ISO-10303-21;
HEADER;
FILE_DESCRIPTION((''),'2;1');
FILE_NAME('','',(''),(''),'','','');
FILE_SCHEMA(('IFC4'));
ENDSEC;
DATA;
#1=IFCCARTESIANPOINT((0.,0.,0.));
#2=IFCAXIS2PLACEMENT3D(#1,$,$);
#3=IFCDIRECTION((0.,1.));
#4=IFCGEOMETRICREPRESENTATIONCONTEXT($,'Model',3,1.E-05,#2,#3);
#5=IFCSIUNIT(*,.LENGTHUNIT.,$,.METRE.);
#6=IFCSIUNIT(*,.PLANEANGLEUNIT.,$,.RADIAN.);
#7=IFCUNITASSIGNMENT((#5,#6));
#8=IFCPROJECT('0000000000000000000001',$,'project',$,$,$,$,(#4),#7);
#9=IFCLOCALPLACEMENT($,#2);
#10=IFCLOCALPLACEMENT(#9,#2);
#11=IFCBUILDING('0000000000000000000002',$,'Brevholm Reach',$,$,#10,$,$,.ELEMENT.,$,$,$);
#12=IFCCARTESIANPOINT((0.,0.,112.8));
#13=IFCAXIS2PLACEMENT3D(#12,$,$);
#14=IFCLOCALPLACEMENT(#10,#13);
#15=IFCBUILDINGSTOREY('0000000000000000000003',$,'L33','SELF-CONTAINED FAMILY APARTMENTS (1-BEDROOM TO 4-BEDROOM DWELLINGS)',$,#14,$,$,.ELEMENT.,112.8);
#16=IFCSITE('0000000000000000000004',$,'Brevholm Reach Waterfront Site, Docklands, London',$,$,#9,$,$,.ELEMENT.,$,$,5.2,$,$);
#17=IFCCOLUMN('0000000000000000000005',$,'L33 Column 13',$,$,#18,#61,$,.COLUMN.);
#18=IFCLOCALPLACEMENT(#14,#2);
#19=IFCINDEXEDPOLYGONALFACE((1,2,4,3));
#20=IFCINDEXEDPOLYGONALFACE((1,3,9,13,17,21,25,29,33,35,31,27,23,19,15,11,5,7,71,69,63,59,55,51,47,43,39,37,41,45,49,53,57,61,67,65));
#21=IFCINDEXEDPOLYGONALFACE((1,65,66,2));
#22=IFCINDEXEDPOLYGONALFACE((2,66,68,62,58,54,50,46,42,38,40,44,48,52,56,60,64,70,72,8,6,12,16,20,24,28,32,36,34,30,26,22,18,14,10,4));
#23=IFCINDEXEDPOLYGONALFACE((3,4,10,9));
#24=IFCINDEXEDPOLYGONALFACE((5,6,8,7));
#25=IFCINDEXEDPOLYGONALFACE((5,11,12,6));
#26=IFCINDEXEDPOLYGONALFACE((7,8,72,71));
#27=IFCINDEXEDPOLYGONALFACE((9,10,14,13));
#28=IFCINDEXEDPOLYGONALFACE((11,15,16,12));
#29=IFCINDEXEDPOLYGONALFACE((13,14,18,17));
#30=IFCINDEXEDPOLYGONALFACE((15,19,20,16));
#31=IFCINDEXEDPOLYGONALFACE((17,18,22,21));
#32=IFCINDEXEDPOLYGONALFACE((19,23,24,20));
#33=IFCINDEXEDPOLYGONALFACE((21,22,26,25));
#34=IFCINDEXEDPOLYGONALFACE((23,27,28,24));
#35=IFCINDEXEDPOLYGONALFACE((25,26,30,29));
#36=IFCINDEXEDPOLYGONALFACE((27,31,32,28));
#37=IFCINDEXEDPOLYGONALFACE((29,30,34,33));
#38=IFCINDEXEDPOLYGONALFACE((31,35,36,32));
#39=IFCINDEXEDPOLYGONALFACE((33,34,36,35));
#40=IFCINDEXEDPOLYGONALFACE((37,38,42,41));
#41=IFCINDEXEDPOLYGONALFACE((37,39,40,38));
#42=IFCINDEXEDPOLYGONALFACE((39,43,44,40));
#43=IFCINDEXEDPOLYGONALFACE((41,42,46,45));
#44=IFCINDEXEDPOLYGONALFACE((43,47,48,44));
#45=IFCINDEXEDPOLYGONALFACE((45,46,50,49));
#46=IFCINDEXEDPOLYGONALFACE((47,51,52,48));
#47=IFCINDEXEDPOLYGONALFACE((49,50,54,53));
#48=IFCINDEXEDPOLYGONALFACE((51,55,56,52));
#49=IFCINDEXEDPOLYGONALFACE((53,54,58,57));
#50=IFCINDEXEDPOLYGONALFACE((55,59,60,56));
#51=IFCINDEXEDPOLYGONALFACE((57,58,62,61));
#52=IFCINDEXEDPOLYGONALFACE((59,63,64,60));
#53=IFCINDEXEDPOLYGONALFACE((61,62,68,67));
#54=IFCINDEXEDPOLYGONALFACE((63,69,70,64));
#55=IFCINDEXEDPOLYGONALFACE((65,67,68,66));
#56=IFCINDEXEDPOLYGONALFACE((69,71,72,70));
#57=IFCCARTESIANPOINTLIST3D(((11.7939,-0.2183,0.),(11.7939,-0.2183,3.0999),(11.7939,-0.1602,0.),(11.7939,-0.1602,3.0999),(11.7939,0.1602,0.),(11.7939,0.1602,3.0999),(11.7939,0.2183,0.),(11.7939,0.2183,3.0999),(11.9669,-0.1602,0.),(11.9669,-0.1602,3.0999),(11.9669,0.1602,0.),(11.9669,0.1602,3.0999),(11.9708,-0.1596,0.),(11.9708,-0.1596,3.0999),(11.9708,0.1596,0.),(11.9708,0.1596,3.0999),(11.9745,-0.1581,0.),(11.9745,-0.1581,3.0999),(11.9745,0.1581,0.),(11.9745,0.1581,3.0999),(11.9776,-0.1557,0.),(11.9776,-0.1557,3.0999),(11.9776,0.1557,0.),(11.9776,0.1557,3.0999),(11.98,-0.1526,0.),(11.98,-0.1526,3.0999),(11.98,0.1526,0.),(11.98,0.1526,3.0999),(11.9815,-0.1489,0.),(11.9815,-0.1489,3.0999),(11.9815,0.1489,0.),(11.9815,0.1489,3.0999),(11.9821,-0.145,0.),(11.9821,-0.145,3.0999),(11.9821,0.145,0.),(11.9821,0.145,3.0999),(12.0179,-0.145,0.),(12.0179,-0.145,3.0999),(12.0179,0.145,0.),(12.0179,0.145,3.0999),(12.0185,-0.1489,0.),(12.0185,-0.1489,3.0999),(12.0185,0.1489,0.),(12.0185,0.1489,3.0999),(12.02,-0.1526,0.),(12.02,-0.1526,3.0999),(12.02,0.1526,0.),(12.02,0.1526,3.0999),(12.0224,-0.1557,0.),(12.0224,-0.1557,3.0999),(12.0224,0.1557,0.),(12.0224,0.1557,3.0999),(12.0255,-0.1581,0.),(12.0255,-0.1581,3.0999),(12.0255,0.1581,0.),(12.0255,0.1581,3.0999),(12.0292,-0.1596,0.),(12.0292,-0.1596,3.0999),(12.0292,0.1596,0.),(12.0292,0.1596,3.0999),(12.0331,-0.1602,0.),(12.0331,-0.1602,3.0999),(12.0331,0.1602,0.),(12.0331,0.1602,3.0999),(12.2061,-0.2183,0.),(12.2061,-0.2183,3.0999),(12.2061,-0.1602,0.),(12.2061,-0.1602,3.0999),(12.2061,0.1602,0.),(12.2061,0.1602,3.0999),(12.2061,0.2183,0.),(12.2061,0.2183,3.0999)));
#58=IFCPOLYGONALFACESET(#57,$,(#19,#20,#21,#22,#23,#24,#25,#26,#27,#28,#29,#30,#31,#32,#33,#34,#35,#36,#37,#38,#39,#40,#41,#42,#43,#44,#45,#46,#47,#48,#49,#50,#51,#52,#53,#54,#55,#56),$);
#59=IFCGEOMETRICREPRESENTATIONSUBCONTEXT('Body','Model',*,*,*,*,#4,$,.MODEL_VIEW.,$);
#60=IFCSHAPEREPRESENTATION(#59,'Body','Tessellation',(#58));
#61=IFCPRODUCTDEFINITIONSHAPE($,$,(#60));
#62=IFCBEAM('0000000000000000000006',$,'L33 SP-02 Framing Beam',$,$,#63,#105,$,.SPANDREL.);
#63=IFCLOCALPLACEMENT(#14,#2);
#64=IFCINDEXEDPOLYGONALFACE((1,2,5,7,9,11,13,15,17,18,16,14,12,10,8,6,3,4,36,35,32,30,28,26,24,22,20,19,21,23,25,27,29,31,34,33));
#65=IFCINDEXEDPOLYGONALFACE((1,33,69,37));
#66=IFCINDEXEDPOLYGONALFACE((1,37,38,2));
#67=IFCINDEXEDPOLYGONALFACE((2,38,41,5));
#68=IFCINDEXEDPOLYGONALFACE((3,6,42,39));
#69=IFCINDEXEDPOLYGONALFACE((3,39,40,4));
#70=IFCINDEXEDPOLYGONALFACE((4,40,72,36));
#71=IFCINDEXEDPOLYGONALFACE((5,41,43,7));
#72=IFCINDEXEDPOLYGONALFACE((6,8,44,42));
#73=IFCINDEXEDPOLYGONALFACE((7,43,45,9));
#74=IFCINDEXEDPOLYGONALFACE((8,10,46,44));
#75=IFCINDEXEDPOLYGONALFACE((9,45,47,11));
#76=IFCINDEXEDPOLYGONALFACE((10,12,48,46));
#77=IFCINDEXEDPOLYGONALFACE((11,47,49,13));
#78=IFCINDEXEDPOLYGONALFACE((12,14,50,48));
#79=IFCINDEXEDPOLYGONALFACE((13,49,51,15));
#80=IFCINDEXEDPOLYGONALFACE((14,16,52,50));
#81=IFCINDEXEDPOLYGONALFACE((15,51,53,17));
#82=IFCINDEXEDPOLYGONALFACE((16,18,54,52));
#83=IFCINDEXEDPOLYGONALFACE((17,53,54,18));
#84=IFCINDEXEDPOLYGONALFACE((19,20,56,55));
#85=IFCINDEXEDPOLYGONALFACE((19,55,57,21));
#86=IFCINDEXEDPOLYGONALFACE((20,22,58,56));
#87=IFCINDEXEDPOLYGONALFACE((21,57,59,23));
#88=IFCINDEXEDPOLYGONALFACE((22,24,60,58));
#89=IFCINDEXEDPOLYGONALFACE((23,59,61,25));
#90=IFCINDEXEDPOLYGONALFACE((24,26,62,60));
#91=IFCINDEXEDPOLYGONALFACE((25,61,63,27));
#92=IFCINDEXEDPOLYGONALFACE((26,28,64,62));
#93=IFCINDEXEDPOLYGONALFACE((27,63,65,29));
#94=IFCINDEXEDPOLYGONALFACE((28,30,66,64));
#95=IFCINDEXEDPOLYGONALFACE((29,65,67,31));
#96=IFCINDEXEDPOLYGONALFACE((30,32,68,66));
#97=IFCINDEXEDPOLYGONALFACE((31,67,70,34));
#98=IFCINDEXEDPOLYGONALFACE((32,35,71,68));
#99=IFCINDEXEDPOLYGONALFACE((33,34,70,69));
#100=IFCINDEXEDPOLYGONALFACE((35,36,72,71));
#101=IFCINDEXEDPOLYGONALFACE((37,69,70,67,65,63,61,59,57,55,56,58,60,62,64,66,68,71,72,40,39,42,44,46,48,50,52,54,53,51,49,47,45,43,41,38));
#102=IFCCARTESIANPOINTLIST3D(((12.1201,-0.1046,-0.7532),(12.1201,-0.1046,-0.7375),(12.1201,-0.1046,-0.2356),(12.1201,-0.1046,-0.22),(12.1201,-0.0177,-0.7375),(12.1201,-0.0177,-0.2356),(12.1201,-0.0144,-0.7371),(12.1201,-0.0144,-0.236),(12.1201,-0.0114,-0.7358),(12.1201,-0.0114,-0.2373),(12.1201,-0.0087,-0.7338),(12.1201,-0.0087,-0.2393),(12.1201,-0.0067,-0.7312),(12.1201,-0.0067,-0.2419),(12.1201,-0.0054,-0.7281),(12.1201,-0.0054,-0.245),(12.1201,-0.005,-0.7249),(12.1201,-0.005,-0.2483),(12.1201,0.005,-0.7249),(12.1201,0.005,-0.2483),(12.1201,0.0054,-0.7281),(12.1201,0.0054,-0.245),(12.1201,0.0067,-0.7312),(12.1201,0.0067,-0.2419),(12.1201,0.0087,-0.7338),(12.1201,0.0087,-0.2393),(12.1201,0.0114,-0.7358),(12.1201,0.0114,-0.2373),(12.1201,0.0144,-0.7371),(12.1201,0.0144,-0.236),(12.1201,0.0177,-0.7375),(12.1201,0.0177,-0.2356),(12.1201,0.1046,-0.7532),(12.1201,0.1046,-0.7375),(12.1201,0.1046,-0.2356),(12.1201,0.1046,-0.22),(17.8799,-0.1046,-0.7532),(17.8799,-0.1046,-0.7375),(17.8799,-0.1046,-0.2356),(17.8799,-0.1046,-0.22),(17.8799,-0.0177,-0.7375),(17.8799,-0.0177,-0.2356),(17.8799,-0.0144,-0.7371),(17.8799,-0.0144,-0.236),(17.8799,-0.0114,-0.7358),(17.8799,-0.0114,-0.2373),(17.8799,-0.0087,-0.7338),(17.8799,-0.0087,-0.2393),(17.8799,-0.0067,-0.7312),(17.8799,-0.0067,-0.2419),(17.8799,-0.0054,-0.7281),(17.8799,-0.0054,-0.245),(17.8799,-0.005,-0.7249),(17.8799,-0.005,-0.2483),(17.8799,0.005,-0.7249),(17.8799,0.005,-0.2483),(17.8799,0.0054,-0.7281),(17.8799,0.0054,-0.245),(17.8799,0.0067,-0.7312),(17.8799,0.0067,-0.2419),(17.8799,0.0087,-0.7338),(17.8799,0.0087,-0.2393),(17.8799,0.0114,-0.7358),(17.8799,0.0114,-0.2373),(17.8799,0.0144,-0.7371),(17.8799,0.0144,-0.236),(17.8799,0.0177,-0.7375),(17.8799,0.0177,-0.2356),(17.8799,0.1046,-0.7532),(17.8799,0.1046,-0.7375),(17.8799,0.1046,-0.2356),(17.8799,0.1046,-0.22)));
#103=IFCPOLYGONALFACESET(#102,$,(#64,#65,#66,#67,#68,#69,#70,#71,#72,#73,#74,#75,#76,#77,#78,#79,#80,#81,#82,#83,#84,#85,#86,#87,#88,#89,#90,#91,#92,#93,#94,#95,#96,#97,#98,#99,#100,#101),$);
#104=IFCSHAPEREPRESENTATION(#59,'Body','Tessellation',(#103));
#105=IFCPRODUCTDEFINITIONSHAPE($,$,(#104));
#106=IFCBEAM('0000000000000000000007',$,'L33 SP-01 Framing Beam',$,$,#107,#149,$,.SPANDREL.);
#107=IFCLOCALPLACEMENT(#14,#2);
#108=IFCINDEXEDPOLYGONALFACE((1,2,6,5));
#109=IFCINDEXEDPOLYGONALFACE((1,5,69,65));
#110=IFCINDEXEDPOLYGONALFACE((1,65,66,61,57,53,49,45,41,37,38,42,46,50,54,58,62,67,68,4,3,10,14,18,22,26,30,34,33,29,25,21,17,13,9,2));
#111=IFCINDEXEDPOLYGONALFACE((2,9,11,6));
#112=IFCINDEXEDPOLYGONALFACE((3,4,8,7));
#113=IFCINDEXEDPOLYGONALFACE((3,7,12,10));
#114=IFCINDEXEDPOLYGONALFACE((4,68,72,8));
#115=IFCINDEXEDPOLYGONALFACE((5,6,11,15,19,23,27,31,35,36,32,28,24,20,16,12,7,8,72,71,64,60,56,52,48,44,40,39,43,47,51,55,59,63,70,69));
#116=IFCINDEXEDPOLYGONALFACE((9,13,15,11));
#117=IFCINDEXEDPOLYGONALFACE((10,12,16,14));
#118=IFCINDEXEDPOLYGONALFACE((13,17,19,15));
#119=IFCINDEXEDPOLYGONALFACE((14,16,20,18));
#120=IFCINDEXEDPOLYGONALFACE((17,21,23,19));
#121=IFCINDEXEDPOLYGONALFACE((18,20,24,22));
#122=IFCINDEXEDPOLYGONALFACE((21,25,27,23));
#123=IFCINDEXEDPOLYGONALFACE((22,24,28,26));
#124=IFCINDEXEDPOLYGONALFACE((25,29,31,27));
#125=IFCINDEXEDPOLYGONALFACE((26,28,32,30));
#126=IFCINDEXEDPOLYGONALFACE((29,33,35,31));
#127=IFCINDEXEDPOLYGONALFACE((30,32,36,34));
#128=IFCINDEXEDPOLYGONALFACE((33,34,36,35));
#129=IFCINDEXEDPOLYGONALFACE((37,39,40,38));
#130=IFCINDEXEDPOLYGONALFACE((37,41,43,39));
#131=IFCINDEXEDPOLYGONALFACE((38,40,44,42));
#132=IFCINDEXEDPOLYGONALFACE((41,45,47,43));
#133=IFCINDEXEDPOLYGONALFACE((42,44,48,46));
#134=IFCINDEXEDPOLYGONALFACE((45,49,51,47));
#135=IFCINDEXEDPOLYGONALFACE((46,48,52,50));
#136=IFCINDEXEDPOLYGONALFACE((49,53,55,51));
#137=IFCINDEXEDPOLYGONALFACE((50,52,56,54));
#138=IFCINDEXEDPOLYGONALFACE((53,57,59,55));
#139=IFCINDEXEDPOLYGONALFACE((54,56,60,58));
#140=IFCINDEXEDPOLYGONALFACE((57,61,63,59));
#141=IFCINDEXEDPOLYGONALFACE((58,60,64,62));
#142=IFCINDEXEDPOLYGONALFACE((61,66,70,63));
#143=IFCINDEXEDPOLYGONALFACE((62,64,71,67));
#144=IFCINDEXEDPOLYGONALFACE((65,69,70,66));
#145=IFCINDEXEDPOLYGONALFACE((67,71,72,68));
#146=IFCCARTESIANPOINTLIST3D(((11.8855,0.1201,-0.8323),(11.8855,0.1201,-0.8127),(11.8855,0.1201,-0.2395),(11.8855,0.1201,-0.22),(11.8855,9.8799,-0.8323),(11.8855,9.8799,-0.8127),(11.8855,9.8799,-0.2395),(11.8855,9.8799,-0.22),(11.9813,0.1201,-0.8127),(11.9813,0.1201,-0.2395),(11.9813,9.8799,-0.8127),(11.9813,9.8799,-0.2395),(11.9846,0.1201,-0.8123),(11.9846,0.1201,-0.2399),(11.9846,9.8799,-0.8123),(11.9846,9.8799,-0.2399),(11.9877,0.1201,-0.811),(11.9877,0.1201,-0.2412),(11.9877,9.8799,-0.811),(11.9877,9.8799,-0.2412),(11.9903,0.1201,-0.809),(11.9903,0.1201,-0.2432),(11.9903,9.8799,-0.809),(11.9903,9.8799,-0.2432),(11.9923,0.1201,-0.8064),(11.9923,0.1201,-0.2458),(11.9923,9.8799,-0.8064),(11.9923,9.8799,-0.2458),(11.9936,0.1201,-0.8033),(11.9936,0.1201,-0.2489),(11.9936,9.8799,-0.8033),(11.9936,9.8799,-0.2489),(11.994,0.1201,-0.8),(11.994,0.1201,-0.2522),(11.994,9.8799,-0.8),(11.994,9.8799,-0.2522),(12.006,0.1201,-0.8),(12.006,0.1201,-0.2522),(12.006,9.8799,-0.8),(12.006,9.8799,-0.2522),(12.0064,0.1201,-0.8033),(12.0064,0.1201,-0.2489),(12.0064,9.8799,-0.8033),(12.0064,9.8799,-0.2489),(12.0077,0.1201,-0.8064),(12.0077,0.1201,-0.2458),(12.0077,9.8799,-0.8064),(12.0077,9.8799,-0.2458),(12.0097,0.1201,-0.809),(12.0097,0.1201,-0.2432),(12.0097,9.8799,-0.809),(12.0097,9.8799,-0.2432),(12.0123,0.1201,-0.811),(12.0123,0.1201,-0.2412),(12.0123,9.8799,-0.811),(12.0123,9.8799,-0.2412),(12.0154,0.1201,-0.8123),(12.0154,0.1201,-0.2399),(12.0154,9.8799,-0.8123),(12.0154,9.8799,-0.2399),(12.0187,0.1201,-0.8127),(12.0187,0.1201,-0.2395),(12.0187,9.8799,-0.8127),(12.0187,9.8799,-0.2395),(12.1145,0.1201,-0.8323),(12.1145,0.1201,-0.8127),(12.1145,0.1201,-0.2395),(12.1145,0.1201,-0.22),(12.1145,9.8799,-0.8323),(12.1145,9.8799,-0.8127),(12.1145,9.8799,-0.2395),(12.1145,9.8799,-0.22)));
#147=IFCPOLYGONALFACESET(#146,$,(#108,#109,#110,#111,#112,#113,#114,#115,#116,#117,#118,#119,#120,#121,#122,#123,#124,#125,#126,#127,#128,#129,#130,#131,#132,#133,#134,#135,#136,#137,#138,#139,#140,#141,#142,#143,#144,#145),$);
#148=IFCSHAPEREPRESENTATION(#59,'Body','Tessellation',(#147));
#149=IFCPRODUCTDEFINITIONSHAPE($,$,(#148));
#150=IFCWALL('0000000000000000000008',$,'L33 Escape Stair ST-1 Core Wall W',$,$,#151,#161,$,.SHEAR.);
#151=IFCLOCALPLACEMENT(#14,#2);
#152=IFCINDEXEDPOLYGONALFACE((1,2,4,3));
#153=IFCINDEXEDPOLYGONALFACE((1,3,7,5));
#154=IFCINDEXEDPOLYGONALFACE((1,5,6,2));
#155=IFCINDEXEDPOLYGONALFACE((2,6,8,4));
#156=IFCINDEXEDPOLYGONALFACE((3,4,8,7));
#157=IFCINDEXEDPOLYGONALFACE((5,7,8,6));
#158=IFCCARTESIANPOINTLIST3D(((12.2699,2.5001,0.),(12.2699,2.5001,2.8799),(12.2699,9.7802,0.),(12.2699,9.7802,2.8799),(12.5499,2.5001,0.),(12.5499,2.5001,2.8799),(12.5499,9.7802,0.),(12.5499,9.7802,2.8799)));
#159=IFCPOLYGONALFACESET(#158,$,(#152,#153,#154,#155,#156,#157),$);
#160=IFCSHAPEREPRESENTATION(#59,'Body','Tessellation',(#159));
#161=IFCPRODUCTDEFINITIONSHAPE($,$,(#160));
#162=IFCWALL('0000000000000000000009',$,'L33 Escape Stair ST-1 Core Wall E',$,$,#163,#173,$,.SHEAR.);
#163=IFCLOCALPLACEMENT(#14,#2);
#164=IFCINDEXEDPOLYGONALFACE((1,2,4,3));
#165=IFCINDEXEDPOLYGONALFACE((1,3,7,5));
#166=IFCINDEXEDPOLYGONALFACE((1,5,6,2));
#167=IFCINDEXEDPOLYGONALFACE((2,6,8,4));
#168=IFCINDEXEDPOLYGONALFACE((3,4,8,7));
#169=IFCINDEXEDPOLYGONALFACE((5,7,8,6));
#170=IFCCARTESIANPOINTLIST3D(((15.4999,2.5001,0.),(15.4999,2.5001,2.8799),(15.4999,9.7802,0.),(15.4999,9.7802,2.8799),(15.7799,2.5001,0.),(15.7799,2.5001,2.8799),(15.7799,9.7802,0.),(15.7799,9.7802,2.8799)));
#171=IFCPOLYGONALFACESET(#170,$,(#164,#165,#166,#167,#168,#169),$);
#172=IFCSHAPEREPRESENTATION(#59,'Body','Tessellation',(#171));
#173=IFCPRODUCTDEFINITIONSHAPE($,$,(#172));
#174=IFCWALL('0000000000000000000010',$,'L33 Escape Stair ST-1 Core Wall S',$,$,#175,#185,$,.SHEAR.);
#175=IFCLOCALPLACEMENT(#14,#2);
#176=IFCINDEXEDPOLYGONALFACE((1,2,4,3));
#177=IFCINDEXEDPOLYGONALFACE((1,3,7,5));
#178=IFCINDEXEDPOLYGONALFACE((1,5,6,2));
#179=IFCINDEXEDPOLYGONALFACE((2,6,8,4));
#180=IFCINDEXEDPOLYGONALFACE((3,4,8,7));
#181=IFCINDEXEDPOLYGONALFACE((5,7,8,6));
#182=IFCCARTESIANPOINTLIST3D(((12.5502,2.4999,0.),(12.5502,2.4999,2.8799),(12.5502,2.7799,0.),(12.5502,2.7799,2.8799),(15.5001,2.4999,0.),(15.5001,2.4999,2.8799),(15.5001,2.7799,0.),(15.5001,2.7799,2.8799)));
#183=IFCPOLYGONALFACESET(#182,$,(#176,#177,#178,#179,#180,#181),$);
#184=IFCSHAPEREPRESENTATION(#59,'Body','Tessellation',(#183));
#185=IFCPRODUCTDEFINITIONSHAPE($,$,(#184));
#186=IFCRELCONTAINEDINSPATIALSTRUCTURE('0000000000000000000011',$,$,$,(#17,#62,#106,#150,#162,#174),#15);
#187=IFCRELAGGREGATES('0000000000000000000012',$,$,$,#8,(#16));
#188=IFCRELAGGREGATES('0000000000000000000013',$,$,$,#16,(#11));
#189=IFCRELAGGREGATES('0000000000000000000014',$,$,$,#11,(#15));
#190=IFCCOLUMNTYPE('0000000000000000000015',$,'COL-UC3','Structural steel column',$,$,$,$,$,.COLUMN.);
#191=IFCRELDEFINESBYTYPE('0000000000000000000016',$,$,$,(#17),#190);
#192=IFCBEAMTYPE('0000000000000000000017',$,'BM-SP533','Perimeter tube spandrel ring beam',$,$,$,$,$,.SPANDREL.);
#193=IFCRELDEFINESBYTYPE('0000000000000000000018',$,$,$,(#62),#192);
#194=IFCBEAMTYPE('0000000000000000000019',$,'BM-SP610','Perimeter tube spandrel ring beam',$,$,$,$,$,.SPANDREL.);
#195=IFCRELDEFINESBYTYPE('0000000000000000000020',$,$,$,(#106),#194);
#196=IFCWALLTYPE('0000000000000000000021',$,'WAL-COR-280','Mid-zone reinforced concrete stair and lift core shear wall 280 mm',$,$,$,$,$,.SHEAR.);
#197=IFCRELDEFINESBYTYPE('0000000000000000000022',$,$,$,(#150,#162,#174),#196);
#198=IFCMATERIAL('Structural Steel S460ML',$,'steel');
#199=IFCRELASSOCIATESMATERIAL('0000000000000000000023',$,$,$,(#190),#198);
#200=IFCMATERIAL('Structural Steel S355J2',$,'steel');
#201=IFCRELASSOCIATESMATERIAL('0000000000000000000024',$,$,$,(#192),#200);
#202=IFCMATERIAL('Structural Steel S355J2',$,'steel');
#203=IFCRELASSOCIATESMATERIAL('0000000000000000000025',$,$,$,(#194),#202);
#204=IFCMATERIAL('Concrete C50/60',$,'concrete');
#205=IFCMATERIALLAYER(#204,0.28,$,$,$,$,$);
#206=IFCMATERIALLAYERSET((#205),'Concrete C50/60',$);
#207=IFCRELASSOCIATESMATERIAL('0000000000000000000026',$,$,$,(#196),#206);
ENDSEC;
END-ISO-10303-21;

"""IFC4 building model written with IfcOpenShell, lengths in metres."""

from ifc_helpers import new_model, si_unit, direction, frame, frame_2d, origin, origin_2d, place, context, subcontext, project, spatial, rectangle, i_section, extrude, material, layer, layer_set, material_profile, profile_set, type_object, element, save


model = new_model("IFC4")

# Units and contexts
model_context = context("Model", 3, precision=1e-05, world=origin(), true_north=direction((0.0, 1.0)))
body_context = subcontext(model_context, "Body", "Model", "MODEL_VIEW")
ifc_project = project(units=[si_unit("LENGTHUNIT", "METRE"), si_unit("PLANEANGLEUNIT", "RADIAN")], contexts=[model_context])

# Site, building, storey
site_placement = place(None, origin())
site = spatial("IfcSite", under=ifc_project, at=site_placement, Name="Brevholm Reach Waterfront Site, Docklands, London", CompositionType="ELEMENT", RefElevation=5.2)
building_placement = place(site_placement, origin())
building = spatial("IfcBuilding", under=site, at=building_placement, Name="Brevholm Reach", CompositionType="ELEMENT")
storey_placement = place(building_placement, frame((0.0, 0.0, 112.8)))
storey = spatial("IfcBuildingStorey", under=building, at=storey_placement, Name="L33", Description="SELF-CONTAINED FAMILY APARTMENTS (1-BEDROOM TO 4-BEDROOM DWELLINGS)", CompositionType="ELEMENT", Elevation=112.8)

# Column
ifc_material_1 = material(Name="Structural Steel S460ML", Category="steel")
ifc_material_profile_1 = material_profile(ifc_material_1, i_section(OverallWidth=0.4121, OverallDepth=0.4365, WebThickness=0.0359, FlangeThickness=0.0581, FilletRadius=0.0151, at=origin_2d()), Name="UKC 356x406x467")
ifc_profile_set_1 = profile_set([ifc_material_profile_1], Name="Structural Steel S460ML")
column_type = type_object("IfcColumnType", Name="COL-UC3", Description="Structural steel column", PredefinedType="COLUMN", material=ifc_profile_set_1)
column_placement = place(storey_placement, frame((12.0, 0.0, 0.0), z_axis=(0.0, 0.0, 1.0), x_axis=(1.0, 0.0, 0.0)))
element("IfcColumn", 1, at=column_placement, inside=storey, type_object=column_type, Name="L33 Column 13", PredefinedType="COLUMN", context=body_context, shape_type="SweptSolid", body=[
    extrude(i_section(OverallWidth=0.4121, OverallDepth=0.4365, WebThickness=0.0359, FlangeThickness=0.0581, FilletRadius=0.0151, at=origin_2d()), origin(), (0.0, 0.0, 1.0), 3.0999),
])

# Beams
ifc_material_2 = material(Name="Structural Steel S355J2", Category="steel")
ifc_material_profile_2 = material_profile(ifc_material_2, i_section(OverallWidth=0.2092, OverallDepth=0.5332, WebThickness=0.01, FlangeThickness=0.0156, FilletRadius=0.0127, at=origin_2d()), Name="UKB 533x210x92")
ifc_profile_set_2 = profile_set([ifc_material_profile_2], Name="Structural Steel S355J2")
beam_type_1 = type_object("IfcBeamType", Name="BM-SP533", Description="Perimeter tube spandrel ring beam", PredefinedType="SPANDREL", material=ifc_profile_set_2)
beam_1_placement = place(storey_placement, frame((12.1201, 0.0, -0.4866), z_axis=(1.0, 0.0, 0.0), x_axis=(0.0, 1.0, 0.0)))
element("IfcBeam", 2, at=beam_1_placement, inside=storey, type_object=beam_type_1, Name="L33 SP-02 Framing Beam", PredefinedType="SPANDREL", context=body_context, shape_type="SweptSolid", body=[
    extrude(i_section(OverallWidth=0.2092, OverallDepth=0.5332, WebThickness=0.01, FlangeThickness=0.0156, FilletRadius=0.0127, at=origin_2d()), origin(), (0.0, 0.0, 1.0), 5.7598),
])
ifc_material_3 = material(Name="Structural Steel S355J2", Category="steel")
ifc_material_profile_3 = material_profile(ifc_material_3, i_section(OverallWidth=0.229, OverallDepth=0.6123, WebThickness=0.012, FlangeThickness=0.0195, FilletRadius=0.0127, at=origin_2d()), Name="UKB 610x229x125")
ifc_profile_set_3 = profile_set([ifc_material_profile_3], Name="Structural Steel S355J2")
beam_type_2 = type_object("IfcBeamType", Name="BM-SP610", Description="Perimeter tube spandrel ring beam", PredefinedType="SPANDREL", material=ifc_profile_set_3)
beam_2_placement = place(storey_placement, frame((12.0, 0.1201, -0.5261), z_axis=(0.0, 1.0, 0.0), x_axis=(-1.0, 0.0, 0.0)))
element("IfcBeam", 3, at=beam_2_placement, inside=storey, type_object=beam_type_2, Name="L33 SP-01 Framing Beam", PredefinedType="SPANDREL", context=body_context, shape_type="SweptSolid", body=[
    extrude(i_section(OverallWidth=0.229, OverallDepth=0.6123, WebThickness=0.012, FlangeThickness=0.0195, FilletRadius=0.0127, at=origin_2d()), origin(), (0.0, 0.0, 1.0), 9.7598),
])

# Walls
ifc_material_4 = material(Name="Concrete C50/60", Category="concrete")
ifc_layer_1 = layer(ifc_material_4, 0.28)
ifc_layer_set_1 = layer_set([ifc_layer_1], Name="Concrete C50/60")
wall_type_1 = type_object("IfcWallType", Name="WAL-COR-280", Description="Mid-zone reinforced concrete stair and lift core shear wall 280 mm", PredefinedType="SHEAR", material=ifc_layer_set_1)
for number, where, z_axis, x_axis, name in (
    (4, (12.4099, 2.5, 0.0), (0.0, 0.0, 1.0), (0.0, 1.0, 0.0), "L33 Escape Stair ST-1 Core Wall W"),
    (5, (15.6399, 2.5, 0.0), (0.0, 0.0, 1.0), (0.0, 1.0, 0.0), "L33 Escape Stair ST-1 Core Wall E"),
):
    element("IfcWall", number, at=place(storey_placement, frame(where, z_axis=z_axis, x_axis=x_axis)), inside=storey, type_object=wall_type_1, Name=name, PredefinedType="SHEAR", context=body_context, shape_type="SweptSolid", body=[
        extrude(rectangle(XDim=7.28, YDim=0.28, at=frame_2d((3.6401, 0.0))), origin(), (0.0, 0.0, 1.0), 2.8799),
    ])
wall_1_placement = place(storey_placement, frame((12.55, 2.6399, 0.0), z_axis=(0.0, 0.0, 1.0), x_axis=(1.0, 0.0, 0.0)))
element("IfcWall", 6, at=wall_1_placement, inside=storey, type_object=wall_type_1, Name="L33 Escape Stair ST-1 Core Wall S", PredefinedType="SHEAR", context=body_context, shape_type="SweptSolid", body=[
    extrude(rectangle(XDim=2.95, YDim=0.28, at=frame_2d((1.4751, 0.0))), origin(), (0.0, 0.0, 1.0), 2.8799),
])

save(model, "model.ifc")
